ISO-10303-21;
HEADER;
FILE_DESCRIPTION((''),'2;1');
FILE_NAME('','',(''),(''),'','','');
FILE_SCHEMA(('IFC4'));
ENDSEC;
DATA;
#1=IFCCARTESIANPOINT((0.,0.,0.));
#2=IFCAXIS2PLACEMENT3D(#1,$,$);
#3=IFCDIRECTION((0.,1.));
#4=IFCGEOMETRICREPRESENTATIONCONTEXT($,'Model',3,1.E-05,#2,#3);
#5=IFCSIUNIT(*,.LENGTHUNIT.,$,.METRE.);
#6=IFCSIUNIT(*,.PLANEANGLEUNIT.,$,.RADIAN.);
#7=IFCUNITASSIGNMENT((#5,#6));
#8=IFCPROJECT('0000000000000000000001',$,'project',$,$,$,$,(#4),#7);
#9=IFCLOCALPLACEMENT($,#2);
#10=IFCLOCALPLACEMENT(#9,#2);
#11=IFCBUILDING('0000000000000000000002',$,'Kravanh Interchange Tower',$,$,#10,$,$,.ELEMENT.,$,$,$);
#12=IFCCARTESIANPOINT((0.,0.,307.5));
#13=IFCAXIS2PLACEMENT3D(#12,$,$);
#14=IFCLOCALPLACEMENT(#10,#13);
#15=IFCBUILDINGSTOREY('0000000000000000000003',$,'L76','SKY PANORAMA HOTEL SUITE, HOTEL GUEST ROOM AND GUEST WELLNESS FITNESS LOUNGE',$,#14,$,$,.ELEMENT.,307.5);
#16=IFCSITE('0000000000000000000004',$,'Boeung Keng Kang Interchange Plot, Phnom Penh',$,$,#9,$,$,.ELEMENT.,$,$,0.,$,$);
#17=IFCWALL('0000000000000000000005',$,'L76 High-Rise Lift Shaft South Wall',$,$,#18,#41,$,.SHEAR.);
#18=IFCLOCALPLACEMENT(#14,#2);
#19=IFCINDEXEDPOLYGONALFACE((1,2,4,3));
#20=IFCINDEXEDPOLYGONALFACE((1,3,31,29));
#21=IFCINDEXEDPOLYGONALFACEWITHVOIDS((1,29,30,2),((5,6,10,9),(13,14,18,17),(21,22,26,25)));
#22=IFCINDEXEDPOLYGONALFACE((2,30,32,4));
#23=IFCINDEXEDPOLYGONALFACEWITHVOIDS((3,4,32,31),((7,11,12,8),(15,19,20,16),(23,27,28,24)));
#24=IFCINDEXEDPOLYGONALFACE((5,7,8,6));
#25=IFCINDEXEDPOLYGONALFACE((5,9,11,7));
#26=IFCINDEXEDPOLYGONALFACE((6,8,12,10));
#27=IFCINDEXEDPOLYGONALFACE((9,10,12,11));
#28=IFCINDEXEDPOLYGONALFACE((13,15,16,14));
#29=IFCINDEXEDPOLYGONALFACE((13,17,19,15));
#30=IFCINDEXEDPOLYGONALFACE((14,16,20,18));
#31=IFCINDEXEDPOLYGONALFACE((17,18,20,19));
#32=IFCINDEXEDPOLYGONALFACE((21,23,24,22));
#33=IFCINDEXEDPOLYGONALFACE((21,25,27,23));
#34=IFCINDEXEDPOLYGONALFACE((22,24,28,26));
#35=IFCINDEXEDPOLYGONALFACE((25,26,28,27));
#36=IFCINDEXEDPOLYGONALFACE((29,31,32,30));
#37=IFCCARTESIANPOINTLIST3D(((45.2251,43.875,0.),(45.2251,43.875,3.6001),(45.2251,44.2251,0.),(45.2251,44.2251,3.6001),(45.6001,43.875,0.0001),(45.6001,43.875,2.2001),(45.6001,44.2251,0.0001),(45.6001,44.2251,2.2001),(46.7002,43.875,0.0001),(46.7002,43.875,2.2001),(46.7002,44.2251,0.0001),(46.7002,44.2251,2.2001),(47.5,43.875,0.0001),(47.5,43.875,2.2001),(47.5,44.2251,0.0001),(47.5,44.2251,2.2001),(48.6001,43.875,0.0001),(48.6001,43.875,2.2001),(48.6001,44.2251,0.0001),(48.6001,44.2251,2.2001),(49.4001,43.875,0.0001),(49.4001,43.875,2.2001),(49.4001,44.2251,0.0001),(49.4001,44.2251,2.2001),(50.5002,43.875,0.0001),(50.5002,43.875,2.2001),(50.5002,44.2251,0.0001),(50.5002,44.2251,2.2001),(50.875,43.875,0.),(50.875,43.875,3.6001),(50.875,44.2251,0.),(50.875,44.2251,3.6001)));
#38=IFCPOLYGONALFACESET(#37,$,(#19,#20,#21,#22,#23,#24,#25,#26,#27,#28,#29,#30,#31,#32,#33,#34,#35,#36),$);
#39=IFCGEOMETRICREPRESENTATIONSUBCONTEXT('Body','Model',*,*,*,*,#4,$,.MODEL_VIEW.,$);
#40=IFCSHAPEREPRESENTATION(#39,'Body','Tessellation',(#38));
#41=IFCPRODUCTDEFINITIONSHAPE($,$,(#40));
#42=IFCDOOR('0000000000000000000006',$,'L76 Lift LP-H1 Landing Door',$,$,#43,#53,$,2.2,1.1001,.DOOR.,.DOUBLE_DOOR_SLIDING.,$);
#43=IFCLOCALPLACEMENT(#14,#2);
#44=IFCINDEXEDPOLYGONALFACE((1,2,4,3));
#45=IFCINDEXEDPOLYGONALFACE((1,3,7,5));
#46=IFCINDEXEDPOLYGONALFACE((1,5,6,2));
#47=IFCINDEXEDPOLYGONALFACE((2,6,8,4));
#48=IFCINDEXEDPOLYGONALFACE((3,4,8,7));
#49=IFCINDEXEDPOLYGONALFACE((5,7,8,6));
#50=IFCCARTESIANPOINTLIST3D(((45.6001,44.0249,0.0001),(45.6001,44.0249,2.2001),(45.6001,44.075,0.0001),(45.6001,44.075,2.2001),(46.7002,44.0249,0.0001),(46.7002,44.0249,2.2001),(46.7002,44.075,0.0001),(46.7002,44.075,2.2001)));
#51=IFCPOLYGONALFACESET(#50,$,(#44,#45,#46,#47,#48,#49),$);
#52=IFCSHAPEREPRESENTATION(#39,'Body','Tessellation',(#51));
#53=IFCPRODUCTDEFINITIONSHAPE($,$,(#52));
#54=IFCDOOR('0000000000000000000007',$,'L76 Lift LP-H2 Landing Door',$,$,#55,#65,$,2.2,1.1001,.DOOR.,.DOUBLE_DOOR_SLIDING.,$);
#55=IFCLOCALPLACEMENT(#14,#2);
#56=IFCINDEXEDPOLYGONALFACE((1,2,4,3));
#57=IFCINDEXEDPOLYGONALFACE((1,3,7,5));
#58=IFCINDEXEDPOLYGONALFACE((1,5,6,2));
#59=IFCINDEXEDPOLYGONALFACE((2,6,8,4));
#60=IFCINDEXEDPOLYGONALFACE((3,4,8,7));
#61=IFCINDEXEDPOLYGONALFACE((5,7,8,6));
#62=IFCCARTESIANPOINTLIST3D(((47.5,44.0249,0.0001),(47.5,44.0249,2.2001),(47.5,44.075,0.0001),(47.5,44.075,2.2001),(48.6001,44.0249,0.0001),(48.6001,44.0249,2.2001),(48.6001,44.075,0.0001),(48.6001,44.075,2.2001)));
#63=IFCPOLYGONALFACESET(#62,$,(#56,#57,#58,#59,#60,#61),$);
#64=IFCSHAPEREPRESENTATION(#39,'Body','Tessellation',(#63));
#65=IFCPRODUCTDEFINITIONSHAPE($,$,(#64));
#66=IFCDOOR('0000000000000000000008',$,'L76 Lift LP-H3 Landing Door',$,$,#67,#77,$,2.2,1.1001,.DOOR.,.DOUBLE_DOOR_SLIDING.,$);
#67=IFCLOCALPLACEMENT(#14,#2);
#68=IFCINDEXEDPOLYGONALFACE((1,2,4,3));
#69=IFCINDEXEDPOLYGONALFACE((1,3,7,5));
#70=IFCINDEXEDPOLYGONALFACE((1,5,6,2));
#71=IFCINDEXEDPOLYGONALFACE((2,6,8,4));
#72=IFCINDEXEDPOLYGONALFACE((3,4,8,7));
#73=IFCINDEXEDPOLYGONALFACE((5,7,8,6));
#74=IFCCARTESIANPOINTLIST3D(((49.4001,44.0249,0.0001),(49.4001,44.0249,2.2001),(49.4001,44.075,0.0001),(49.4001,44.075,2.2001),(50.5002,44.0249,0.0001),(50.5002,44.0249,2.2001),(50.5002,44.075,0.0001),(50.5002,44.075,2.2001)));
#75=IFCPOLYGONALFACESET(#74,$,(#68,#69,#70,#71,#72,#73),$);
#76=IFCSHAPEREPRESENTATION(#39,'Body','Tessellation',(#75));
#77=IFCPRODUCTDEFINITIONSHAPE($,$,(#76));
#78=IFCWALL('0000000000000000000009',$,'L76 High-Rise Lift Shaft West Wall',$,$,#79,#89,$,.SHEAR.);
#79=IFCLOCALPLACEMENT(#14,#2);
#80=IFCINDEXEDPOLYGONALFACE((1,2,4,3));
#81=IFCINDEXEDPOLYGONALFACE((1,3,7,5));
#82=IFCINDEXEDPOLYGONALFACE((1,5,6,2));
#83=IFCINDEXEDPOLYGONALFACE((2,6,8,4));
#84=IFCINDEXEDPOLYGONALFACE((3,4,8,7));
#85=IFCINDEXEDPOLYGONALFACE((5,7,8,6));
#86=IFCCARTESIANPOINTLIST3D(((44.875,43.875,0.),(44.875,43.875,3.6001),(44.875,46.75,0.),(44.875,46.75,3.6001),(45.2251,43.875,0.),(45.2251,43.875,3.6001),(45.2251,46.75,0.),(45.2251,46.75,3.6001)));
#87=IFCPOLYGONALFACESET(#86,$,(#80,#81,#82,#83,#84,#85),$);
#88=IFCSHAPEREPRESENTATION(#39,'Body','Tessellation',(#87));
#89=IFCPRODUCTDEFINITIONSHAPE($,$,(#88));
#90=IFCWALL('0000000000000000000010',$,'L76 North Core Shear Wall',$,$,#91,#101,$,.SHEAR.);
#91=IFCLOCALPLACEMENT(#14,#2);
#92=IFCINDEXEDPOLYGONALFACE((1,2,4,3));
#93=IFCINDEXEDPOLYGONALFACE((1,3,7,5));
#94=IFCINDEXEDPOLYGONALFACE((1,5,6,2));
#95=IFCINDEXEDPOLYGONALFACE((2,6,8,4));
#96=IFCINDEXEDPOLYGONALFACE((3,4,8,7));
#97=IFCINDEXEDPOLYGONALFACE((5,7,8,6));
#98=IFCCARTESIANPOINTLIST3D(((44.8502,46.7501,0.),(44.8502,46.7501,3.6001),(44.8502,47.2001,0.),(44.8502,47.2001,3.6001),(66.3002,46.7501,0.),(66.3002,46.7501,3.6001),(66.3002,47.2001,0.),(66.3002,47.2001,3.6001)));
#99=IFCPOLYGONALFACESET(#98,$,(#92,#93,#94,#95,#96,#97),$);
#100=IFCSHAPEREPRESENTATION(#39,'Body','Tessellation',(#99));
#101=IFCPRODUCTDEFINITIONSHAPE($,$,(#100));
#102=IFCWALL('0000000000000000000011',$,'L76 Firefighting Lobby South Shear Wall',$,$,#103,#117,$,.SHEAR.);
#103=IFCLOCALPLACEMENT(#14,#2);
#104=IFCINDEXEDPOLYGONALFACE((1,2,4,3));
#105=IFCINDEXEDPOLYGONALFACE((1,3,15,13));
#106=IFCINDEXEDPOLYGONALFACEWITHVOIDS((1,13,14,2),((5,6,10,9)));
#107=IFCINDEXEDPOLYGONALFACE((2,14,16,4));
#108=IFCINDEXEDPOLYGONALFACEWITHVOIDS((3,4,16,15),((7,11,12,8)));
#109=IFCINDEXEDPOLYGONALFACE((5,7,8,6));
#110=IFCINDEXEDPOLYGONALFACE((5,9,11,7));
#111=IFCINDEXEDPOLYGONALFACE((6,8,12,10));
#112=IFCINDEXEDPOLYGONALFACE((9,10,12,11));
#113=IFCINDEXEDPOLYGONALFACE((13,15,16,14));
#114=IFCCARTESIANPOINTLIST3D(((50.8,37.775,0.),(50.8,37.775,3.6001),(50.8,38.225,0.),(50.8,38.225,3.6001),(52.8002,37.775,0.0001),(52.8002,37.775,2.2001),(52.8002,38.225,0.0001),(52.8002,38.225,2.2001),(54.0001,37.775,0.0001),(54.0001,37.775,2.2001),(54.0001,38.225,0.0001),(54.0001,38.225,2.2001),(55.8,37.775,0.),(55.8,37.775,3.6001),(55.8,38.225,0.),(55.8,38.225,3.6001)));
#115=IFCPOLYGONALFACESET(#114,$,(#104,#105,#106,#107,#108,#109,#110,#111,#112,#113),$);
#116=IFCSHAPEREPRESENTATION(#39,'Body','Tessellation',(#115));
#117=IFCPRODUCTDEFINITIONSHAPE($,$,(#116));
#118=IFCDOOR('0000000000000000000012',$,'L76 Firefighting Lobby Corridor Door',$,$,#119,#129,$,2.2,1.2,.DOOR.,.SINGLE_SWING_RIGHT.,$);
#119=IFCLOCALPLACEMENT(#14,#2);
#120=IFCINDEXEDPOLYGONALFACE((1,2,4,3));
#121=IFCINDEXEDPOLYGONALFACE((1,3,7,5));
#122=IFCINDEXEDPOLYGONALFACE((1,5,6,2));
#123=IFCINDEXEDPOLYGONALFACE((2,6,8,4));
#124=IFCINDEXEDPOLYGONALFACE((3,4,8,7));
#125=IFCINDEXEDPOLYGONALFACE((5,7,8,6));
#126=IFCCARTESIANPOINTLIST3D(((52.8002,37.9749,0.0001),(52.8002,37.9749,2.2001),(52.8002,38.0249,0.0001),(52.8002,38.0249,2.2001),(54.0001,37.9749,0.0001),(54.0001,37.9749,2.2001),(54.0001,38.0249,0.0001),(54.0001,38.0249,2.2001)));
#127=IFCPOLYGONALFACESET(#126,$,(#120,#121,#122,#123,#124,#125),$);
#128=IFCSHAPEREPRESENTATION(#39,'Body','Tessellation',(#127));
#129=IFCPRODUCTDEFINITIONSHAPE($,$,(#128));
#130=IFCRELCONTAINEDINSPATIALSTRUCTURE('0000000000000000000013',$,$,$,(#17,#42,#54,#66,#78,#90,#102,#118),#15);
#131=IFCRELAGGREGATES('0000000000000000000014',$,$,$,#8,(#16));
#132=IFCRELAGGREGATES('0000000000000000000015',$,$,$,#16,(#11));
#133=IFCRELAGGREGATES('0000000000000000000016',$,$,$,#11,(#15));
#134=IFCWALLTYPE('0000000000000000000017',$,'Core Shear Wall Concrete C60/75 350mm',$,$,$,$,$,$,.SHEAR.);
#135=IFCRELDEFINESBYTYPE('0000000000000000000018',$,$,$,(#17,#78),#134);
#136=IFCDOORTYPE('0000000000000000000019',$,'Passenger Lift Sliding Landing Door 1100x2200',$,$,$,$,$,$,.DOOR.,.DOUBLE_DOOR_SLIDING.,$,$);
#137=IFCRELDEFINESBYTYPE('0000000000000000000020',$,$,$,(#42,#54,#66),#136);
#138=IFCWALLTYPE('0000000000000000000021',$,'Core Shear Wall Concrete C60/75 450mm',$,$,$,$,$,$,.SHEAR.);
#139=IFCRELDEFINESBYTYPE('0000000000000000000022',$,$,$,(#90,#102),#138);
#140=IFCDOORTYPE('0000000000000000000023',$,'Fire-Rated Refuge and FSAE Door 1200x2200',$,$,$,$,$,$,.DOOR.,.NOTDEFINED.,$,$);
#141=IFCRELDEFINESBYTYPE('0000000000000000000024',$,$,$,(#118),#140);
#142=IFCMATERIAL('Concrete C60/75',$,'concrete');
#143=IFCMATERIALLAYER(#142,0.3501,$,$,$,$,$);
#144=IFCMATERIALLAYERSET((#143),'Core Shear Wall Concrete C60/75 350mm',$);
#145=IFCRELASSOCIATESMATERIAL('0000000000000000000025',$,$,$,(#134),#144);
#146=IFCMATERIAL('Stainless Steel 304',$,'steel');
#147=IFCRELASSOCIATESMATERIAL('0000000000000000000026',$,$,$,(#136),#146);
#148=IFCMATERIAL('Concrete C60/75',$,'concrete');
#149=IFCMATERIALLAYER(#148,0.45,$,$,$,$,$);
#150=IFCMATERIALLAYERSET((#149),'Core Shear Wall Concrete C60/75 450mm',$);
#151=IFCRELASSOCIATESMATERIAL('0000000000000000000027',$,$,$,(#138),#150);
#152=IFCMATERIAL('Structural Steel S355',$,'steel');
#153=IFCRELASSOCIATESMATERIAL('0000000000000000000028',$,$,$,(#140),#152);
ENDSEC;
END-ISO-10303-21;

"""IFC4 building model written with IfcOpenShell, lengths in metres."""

from ifc_helpers import new_model, si_unit, direction, frame, frame_2d, origin, place, context, subcontext, project, spatial, rectangle, extrude, material, layer, layer_set, type_object, element, fill, save


model = new_model("IFC4")

# Units and contexts
model_context = context("Model", 3, precision=1e-05, world=origin(), true_north=direction((0.0, 1.0)))
body_context = subcontext(model_context, "Body", "Model", "MODEL_VIEW")
ifc_project = project(units=[si_unit("LENGTHUNIT", "METRE"), si_unit("PLANEANGLEUNIT", "RADIAN")], contexts=[model_context])

# Site, building, storey
site_placement = place(None, origin())
site = spatial("IfcSite", under=ifc_project, at=site_placement, Name="Boeung Keng Kang Interchange Plot, Phnom Penh", CompositionType="ELEMENT", RefElevation=0.0)
building_placement = place(site_placement, origin())
building = spatial("IfcBuilding", under=site, at=building_placement, Name="Kravanh Interchange Tower", CompositionType="ELEMENT")
storey_placement = place(building_placement, frame((0.0, 0.0, 307.5)))
storey = spatial("IfcBuildingStorey", under=building, at=storey_placement, Name="L76", Description="SKY PANORAMA HOTEL SUITE, HOTEL GUEST ROOM AND GUEST WELLNESS FITNESS LOUNGE", CompositionType="ELEMENT", Elevation=307.5)

# Wall, openings, doors
ifc_material_1 = material(Name="Concrete C60/75", Category="concrete")
ifc_layer_1 = layer(ifc_material_1, 0.3501)
ifc_layer_set_1 = layer_set([ifc_layer_1], Name="Core Shear Wall Concrete C60/75 350mm")
wall_type_1 = type_object("IfcWallType", Name="Core Shear Wall Concrete C60/75 350mm", PredefinedType="SHEAR", material=ifc_layer_set_1)
wall_1_placement = place(storey_placement, frame((45.2251, 44.05, 0.0), z_axis=(0.0, 0.0, 1.0), x_axis=(1.0, 0.0, 0.0)))
wall_1 = element("IfcWall", 1, at=wall_1_placement, inside=storey, type_object=wall_type_1, Name="L76 High-Rise Lift Shaft South Wall", PredefinedType="SHEAR", context=body_context, shape_type="SweptSolid", body=[
    extrude(rectangle(XDim=5.6499, YDim=0.3501, at=frame_2d((2.825, 0.0))), origin(), (0.0, 0.0, 1.0), 3.6001),
])
opening_1_placement = place(wall_1_placement, frame((0.375, 0.0, 0.0)))
opening_1 = element("IfcOpeningElement", 2, at=opening_1_placement, cuts=wall_1, PredefinedType="OPENING", context=body_context, shape_type="SweptSolid", body=[
    extrude(rectangle(XDim=1.1001, YDim=2.2, at=frame_2d((0.55, 1.1001))), frame((0.0, 0.1851, 0.0), z_axis=(0.0, -1.0, 0.0), x_axis=(1.0, 0.0, 0.0)), (0.0, 0.0, 1.0), 0.3701),
])
opening_2_placement = place(wall_1_placement, frame((2.2749, 0.0, 0.0)))
opening_2 = element("IfcOpeningElement", 3, at=opening_2_placement, cuts=wall_1, PredefinedType="OPENING", context=body_context, shape_type="SweptSolid", body=[
    extrude(rectangle(XDim=1.1001, YDim=2.2, at=frame_2d((0.55, 1.1001))), frame((0.0, 0.1851, 0.0), z_axis=(0.0, -1.0, 0.0), x_axis=(1.0, 0.0, 0.0)), (0.0, 0.0, 1.0), 0.3701),
])
opening_3_placement = place(wall_1_placement, frame((4.175, 0.0, 0.0)))
opening_3 = element("IfcOpeningElement", 4, at=opening_3_placement, cuts=wall_1, PredefinedType="OPENING", context=body_context, shape_type="SweptSolid", body=[
    extrude(rectangle(XDim=1.1001, YDim=2.2, at=frame_2d((0.55, 1.1001))), frame((0.0, 0.1851, 0.0), z_axis=(0.0, -1.0, 0.0), x_axis=(1.0, 0.0, 0.0)), (0.0, 0.0, 1.0), 0.3701),
])
ifc_material_2 = material(Name="Stainless Steel 304", Category="steel")
door_type_1 = type_object("IfcDoorType", Name="Passenger Lift Sliding Landing Door 1100x2200", OperationType="DOUBLE_DOOR_SLIDING", PredefinedType="DOOR", material=ifc_material_2)
door_1_placement = place(opening_1_placement, origin())
door_1 = element("IfcDoor", 5, at=door_1_placement, inside=storey, type_object=door_type_1, Name="L76 Lift LP-H1 Landing Door", OperationType="DOUBLE_DOOR_SLIDING", OverallHeight=2.2, OverallWidth=1.1001, PredefinedType="DOOR", context=body_context, shape_type="SweptSolid", body=[
    extrude(rectangle(XDim=1.1001, YDim=2.2, at=frame_2d((0.55, 1.1001))), frame((0.0, 0.0249, 0.0), z_axis=(0.0, -1.0, 0.0), x_axis=(1.0, 0.0, 0.0)), (0.0, 0.0, 1.0), 0.05),
])
fill(opening_1, door_1)
door_2_placement = place(opening_2_placement, origin())
door_2 = element("IfcDoor", 6, at=door_2_placement, inside=storey, type_object=door_type_1, Name="L76 Lift LP-H2 Landing Door", OperationType="DOUBLE_DOOR_SLIDING", OverallHeight=2.2, OverallWidth=1.1001, PredefinedType="DOOR", context=body_context, shape_type="SweptSolid", body=[
    extrude(rectangle(XDim=1.1001, YDim=2.2, at=frame_2d((0.55, 1.1001))), frame((0.0, 0.0249, 0.0), z_axis=(0.0, -1.0, 0.0), x_axis=(1.0, 0.0, 0.0)), (0.0, 0.0, 1.0), 0.05),
])
fill(opening_2, door_2)
door_3_placement = place(opening_3_placement, origin())
door_3 = element("IfcDoor", 7, at=door_3_placement, inside=storey, type_object=door_type_1, Name="L76 Lift LP-H3 Landing Door", OperationType="DOUBLE_DOOR_SLIDING", OverallHeight=2.2, OverallWidth=1.1001, PredefinedType="DOOR", context=body_context, shape_type="SweptSolid", body=[
    extrude(rectangle(XDim=1.1001, YDim=2.2, at=frame_2d((0.55, 1.1001))), frame((0.0, 0.0249, 0.0), z_axis=(0.0, -1.0, 0.0), x_axis=(1.0, 0.0, 0.0)), (0.0, 0.0, 1.0), 0.05),
])
fill(opening_3, door_3)

# Walls
wall_2_placement = place(storey_placement, frame((45.05, 43.875, 0.0), z_axis=(0.0, 0.0, 1.0), x_axis=(0.0, 1.0, 0.0)))
element("IfcWall", 8, at=wall_2_placement, inside=storey, type_object=wall_type_1, Name="L76 High-Rise Lift Shaft West Wall", PredefinedType="SHEAR", context=body_context, shape_type="SweptSolid", body=[
    extrude(rectangle(XDim=2.875, YDim=0.3501, at=frame_2d((1.4375, 0.0))), origin(), (0.0, 0.0, 1.0), 3.6001),
])
ifc_material_3 = material(Name="Concrete C60/75", Category="concrete")
ifc_layer_2 = layer(ifc_material_3, 0.45)
ifc_layer_set_2 = layer_set([ifc_layer_2], Name="Core Shear Wall Concrete C60/75 450mm")
wall_type_2 = type_object("IfcWallType", Name="Core Shear Wall Concrete C60/75 450mm", PredefinedType="SHEAR", material=ifc_layer_set_2)
wall_3_placement = place(storey_placement, frame((44.8501, 46.9751, 0.0), z_axis=(0.0, 0.0, 1.0), x_axis=(1.0, 0.0, 0.0)))
element("IfcWall", 9, at=wall_3_placement, inside=storey, type_object=wall_type_2, Name="L76 North Core Shear Wall", PredefinedType="SHEAR", context=body_context, shape_type="SweptSolid", body=[
    extrude(rectangle(XDim=21.45, YDim=0.45, at=frame_2d((10.7251, 0.0))), origin(), (0.0, 0.0, 1.0), 3.6001),
])

# Wall, opening, door
wall_4_placement = place(storey_placement, frame((50.8, 38.0, 0.0), z_axis=(0.0, 0.0, 1.0), x_axis=(1.0, 0.0, 0.0)))
wall_4 = element("IfcWall", 10, at=wall_4_placement, inside=storey, type_object=wall_type_2, Name="L76 Firefighting Lobby South Shear Wall", PredefinedType="SHEAR", context=body_context, shape_type="SweptSolid", body=[
    extrude(rectangle(XDim=5.0, YDim=0.45, at=frame_2d((2.5, 0.0))), origin(), (0.0, 0.0, 1.0), 3.6001),
])
opening_4_placement = place(wall_4_placement, frame((2.0, 0.0, 0.0)))
opening_4 = element("IfcOpeningElement", 11, at=opening_4_placement, cuts=wall_4, PredefinedType="OPENING", context=body_context, shape_type="SweptSolid", body=[
    extrude(rectangle(XDim=1.2, YDim=2.2, at=frame_2d((0.6001, 1.1001))), frame((0.0, 0.2349, 0.0), z_axis=(0.0, -1.0, 0.0), x_axis=(1.0, 0.0, 0.0)), (0.0, 0.0, 1.0), 0.47),
])
ifc_material_4 = material(Name="Structural Steel S355", Category="steel")
door_type_2 = type_object("IfcDoorType", Name="Fire-Rated Refuge and FSAE Door 1200x2200", OperationType="NOTDEFINED", PredefinedType="DOOR", material=ifc_material_4)
door_4_placement = place(opening_4_placement, origin())
door_4 = element("IfcDoor", 12, at=door_4_placement, inside=storey, type_object=door_type_2, Name="L76 Firefighting Lobby Corridor Door", OperationType="SINGLE_SWING_RIGHT", OverallHeight=2.2, OverallWidth=1.2, PredefinedType="DOOR", context=body_context, shape_type="SweptSolid", body=[
    extrude(rectangle(XDim=1.2, YDim=2.2, at=frame_2d((0.6001, 1.1001))), frame((0.0, 0.0249, 0.0), z_axis=(0.0, -1.0, 0.0), x_axis=(1.0, 0.0, 0.0)), (0.0, 0.0, 1.0), 0.05),
])
fill(opening_4, door_4)

save(model, "model.ifc")
